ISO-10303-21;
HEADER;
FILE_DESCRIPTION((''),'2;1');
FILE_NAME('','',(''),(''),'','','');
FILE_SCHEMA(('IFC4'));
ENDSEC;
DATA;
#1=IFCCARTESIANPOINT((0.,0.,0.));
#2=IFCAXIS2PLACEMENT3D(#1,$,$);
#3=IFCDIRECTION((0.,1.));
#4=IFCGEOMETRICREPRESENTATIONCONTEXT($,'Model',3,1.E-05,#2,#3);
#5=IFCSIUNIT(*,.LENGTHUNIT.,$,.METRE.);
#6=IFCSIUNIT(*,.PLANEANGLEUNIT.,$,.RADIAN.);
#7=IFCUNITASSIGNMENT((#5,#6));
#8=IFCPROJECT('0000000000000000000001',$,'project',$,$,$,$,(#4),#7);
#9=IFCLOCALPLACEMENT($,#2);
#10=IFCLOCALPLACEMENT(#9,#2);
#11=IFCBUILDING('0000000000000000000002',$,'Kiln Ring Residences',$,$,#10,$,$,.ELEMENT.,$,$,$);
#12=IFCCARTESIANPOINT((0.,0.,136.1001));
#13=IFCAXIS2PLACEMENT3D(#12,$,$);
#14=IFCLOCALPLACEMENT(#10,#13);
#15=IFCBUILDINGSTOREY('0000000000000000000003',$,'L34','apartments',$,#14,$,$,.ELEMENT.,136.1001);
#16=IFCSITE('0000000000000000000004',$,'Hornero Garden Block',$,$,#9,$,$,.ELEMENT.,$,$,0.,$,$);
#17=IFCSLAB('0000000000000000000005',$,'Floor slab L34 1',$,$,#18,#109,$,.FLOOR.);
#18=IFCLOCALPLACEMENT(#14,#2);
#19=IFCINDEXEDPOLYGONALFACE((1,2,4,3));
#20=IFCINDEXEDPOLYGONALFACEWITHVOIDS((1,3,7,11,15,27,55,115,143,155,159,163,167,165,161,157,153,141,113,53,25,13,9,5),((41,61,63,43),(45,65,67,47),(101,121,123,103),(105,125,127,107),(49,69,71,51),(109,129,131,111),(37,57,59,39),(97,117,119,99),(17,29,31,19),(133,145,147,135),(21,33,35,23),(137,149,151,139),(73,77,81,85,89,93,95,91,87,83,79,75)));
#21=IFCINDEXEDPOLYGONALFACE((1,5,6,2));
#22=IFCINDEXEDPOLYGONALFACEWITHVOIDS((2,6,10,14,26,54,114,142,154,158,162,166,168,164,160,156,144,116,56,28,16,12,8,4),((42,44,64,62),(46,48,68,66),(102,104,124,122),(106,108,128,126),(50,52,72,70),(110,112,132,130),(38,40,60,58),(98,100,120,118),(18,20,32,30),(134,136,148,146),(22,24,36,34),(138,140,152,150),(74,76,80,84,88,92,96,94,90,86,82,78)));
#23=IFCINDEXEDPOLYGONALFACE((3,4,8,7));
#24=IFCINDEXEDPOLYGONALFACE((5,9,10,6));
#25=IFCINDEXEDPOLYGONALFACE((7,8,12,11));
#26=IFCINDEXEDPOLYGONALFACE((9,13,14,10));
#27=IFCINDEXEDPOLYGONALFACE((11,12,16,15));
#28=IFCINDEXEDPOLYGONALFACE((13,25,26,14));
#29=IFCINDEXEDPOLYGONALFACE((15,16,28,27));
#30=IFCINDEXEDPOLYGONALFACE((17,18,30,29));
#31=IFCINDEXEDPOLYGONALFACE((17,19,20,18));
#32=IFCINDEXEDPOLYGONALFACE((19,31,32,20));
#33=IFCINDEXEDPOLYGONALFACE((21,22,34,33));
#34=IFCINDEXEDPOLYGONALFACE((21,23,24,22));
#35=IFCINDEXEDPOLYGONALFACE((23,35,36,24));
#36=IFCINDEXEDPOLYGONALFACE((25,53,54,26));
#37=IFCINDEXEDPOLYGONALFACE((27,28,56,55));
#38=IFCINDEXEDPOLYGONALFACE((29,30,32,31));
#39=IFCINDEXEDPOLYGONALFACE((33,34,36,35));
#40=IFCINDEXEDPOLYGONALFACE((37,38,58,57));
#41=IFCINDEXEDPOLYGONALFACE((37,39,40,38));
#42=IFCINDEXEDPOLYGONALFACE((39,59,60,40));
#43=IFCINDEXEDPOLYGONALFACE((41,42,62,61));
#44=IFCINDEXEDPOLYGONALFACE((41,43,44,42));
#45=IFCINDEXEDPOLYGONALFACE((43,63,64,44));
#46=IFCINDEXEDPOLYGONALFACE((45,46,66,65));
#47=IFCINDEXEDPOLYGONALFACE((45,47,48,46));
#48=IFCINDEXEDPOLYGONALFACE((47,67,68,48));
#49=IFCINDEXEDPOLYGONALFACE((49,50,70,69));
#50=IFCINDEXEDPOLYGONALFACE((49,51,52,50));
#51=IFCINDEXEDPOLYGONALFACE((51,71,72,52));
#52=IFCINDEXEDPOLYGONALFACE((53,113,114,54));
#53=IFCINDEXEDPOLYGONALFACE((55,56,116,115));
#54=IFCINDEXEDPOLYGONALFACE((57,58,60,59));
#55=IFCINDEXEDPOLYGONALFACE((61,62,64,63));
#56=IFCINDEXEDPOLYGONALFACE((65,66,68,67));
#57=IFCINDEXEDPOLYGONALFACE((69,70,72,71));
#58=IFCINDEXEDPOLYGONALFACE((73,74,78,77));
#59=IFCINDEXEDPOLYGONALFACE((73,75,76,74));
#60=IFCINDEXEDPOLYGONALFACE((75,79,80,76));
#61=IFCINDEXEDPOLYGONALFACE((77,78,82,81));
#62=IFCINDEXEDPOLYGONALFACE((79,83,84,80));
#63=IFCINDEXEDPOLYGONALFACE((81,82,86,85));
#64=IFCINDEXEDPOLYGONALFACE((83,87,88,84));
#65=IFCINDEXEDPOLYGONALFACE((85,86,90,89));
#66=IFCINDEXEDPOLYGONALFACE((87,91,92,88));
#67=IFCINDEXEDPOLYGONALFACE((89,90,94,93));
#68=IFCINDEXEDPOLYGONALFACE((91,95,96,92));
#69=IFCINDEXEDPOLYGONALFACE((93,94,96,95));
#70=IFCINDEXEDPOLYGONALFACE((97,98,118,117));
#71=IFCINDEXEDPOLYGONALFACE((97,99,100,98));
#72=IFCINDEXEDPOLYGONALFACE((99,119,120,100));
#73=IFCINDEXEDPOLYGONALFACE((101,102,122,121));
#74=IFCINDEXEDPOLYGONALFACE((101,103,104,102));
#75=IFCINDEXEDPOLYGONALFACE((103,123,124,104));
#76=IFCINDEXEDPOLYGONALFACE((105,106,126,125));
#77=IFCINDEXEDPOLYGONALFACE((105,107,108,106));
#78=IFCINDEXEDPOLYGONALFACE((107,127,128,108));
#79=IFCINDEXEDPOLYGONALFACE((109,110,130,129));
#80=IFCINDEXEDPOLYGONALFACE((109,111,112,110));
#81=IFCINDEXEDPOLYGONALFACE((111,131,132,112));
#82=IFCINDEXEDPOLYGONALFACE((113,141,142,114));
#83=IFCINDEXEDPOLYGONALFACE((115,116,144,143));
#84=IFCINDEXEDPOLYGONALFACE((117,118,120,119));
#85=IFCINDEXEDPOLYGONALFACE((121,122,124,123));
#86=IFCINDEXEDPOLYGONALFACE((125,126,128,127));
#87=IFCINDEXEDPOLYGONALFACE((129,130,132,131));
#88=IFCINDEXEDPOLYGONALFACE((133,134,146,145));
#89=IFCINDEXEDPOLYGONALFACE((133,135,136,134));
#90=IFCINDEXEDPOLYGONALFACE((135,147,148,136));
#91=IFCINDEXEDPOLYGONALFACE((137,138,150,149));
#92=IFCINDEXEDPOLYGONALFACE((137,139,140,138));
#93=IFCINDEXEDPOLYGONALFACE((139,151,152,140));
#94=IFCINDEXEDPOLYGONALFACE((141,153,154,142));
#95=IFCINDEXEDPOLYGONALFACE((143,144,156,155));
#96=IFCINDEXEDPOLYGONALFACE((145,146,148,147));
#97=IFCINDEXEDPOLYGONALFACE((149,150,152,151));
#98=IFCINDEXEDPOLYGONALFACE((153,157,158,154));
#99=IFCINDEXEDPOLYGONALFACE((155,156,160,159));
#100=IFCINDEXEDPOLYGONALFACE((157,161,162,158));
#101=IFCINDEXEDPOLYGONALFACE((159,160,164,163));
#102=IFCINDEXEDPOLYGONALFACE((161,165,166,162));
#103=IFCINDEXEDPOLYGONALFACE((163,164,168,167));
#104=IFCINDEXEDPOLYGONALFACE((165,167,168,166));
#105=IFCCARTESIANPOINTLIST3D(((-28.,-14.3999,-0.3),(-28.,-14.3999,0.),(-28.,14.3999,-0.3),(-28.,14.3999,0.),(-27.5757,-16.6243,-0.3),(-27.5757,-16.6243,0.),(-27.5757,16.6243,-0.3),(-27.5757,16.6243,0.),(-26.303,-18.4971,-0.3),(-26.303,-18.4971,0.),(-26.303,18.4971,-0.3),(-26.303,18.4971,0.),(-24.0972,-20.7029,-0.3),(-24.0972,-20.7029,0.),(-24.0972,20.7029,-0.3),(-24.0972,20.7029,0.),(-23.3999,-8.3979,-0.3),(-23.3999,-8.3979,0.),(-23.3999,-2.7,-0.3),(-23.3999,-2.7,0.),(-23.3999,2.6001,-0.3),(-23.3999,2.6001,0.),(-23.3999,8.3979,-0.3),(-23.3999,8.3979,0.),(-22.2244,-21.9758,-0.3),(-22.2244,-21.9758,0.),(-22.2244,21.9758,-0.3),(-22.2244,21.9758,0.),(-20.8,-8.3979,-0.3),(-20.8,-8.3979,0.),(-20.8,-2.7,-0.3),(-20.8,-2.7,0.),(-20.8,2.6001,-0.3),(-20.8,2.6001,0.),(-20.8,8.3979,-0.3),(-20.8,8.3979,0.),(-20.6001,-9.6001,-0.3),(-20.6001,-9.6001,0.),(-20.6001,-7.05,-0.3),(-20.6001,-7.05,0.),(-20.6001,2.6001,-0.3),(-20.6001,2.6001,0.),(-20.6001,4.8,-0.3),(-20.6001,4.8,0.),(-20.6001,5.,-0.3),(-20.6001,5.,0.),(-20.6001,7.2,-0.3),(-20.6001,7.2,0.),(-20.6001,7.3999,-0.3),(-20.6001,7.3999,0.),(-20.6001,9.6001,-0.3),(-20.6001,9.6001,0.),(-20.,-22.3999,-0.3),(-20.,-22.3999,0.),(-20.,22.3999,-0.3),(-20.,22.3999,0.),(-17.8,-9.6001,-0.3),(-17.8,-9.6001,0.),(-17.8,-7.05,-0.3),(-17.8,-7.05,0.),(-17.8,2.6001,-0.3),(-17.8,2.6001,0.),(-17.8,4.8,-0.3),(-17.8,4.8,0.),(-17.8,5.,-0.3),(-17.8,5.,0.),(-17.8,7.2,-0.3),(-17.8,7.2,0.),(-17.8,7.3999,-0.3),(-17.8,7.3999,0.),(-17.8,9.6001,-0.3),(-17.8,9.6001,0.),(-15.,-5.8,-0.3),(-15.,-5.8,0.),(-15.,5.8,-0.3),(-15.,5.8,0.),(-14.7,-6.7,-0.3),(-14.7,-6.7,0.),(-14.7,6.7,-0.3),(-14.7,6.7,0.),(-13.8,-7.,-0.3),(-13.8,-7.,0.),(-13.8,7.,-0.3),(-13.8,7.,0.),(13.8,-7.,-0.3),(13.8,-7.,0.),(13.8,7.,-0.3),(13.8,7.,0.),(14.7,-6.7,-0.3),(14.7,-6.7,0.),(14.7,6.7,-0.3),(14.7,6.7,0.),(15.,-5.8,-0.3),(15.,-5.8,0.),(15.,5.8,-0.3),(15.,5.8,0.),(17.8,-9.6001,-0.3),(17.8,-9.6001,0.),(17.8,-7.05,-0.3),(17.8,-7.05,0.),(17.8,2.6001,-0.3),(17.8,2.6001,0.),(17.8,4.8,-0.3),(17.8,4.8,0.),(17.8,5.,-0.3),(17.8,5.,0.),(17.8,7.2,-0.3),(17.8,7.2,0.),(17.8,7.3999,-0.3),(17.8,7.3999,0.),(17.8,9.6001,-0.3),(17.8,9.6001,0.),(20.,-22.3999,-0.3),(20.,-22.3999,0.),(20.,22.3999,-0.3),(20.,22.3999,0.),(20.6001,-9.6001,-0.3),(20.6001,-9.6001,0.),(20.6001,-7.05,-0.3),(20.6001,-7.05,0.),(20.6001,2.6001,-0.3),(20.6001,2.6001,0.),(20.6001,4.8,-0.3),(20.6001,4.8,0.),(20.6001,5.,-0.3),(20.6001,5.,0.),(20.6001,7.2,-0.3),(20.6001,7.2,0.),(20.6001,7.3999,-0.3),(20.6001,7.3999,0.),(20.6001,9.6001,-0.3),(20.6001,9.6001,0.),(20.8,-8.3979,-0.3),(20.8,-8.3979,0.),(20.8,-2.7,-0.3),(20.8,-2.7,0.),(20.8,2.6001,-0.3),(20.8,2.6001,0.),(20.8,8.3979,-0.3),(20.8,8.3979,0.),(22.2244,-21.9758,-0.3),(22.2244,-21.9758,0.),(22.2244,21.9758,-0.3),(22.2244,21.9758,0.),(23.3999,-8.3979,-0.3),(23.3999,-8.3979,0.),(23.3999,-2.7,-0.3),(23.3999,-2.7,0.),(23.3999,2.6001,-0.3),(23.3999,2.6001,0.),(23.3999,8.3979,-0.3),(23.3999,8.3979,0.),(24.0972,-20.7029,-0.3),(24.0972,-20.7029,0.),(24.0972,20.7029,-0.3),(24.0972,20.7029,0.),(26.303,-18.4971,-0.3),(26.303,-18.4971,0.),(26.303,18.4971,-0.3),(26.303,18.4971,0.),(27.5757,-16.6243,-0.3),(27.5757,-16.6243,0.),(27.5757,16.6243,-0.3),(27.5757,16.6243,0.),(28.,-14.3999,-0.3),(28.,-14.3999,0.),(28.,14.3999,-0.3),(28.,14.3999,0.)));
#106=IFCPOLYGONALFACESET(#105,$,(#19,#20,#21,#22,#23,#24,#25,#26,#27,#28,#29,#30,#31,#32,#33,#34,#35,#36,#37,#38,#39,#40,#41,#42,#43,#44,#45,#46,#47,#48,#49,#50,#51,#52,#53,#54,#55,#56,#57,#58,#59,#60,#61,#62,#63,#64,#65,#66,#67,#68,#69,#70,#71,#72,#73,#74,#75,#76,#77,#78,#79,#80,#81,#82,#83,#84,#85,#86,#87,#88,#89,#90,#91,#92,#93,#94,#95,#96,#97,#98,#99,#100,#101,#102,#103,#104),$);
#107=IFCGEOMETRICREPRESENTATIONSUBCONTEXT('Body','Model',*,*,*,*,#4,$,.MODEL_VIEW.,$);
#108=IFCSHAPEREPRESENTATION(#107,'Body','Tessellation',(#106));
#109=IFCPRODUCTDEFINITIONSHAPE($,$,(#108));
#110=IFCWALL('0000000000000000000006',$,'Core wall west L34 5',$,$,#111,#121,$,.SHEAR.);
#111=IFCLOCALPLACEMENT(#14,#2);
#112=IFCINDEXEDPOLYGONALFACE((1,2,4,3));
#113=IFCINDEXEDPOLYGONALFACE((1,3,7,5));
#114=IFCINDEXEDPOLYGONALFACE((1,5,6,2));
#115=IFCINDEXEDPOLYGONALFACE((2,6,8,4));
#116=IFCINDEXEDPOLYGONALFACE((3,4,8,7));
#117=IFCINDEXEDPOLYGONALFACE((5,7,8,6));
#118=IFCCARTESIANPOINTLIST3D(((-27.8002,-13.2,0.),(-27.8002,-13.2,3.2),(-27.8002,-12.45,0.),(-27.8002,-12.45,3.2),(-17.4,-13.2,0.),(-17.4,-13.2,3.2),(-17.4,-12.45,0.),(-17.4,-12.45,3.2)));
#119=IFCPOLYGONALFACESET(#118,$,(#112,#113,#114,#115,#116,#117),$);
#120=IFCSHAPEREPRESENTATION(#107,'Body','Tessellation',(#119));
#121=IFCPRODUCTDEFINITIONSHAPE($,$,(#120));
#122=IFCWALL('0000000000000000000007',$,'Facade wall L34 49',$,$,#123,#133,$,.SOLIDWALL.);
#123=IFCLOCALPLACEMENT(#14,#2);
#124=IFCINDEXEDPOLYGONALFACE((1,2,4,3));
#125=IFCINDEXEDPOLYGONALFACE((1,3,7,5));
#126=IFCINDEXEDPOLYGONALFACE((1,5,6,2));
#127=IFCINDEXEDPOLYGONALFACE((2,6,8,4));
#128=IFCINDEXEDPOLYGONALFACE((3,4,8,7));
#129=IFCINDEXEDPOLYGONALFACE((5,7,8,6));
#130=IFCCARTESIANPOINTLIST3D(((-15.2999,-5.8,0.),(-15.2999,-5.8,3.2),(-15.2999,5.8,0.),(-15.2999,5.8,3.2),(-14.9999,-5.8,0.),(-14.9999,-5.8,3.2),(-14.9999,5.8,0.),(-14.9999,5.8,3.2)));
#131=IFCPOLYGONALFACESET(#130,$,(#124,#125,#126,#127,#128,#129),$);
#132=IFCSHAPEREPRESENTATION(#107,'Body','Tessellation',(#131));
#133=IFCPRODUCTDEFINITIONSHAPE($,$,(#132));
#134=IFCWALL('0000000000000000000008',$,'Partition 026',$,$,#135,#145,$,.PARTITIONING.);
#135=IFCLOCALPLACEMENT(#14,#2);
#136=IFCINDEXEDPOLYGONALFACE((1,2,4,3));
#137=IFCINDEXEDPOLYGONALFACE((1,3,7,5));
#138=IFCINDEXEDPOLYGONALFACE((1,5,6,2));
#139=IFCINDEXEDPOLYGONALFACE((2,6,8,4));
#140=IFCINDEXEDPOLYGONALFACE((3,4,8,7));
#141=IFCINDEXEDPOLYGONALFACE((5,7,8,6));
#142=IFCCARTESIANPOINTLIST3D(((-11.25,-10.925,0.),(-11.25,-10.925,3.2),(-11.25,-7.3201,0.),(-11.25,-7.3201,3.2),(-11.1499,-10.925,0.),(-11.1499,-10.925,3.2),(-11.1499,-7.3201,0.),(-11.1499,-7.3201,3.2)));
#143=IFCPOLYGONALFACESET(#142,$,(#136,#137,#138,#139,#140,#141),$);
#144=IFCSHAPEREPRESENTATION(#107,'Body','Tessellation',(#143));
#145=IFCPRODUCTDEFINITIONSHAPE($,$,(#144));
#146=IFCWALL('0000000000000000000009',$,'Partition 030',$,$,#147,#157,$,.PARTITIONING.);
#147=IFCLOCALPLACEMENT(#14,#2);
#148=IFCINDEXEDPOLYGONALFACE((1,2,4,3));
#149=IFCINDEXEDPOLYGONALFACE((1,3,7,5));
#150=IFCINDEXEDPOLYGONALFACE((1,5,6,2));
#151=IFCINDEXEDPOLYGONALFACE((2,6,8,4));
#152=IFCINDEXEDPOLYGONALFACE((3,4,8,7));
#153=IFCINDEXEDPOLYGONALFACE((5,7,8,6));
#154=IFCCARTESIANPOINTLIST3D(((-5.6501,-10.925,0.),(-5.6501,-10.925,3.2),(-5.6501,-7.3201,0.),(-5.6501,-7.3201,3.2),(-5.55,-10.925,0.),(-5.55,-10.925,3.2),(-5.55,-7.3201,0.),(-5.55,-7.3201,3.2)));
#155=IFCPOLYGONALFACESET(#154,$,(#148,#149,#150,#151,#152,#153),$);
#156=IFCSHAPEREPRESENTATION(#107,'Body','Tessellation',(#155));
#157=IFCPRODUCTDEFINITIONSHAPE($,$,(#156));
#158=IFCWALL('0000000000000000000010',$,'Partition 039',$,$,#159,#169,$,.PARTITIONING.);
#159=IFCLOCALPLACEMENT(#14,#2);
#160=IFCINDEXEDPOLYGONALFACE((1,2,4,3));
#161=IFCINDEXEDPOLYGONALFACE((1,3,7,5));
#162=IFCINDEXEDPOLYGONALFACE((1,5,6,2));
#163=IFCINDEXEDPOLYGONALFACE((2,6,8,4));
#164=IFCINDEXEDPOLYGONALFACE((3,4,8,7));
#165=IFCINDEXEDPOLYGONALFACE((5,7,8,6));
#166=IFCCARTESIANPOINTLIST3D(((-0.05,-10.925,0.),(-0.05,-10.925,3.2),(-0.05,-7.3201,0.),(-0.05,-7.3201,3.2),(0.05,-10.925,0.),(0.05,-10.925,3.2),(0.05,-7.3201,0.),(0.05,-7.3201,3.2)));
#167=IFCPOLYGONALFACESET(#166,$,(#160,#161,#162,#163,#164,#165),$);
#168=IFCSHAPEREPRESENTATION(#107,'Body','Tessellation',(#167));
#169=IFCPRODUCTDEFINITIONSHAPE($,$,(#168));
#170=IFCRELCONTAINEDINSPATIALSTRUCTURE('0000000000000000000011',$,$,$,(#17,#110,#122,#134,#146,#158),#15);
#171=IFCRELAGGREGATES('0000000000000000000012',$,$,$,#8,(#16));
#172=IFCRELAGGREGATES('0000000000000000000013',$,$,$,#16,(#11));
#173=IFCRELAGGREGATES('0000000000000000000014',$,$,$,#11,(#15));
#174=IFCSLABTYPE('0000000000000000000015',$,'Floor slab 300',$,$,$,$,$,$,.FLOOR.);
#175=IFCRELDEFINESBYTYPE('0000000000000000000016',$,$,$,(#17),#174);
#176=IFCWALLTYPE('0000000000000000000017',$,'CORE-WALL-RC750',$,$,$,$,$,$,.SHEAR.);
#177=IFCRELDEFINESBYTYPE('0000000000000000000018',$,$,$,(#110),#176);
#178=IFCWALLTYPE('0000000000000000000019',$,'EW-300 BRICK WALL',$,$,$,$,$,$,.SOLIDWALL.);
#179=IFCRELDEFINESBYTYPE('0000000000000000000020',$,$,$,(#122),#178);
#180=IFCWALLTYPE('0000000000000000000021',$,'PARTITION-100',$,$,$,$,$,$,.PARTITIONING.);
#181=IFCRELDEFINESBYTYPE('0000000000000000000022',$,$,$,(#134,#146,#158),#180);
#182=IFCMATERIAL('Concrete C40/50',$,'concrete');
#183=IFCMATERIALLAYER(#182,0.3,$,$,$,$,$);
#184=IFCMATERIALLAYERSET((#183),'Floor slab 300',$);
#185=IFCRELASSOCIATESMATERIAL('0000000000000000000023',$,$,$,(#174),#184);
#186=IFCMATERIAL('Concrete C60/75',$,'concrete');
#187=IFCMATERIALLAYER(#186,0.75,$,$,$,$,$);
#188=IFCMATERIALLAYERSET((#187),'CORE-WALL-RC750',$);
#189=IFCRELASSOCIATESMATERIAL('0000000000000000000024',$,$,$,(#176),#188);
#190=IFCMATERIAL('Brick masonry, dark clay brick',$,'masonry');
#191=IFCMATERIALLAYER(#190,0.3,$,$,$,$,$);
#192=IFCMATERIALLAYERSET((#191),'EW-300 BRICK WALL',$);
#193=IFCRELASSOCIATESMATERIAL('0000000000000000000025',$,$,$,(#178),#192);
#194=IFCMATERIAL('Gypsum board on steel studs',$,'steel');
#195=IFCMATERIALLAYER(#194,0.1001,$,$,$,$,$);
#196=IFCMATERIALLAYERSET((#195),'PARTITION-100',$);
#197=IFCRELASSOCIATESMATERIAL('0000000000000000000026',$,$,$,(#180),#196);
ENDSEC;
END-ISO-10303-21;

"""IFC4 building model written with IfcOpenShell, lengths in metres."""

from ifc_helpers import new_model, si_unit, direction, frame, frame_2d, origin, place, context, subcontext, project, spatial, polyline, rectangle, outline, extrude, material, layer, layer_set, type_object, element, save


model = new_model("IFC4")

# Units and contexts
model_context = context("Model", 3, precision=1e-05, world=origin(), true_north=direction((0.0, 1.0)))
body_context = subcontext(model_context, "Body", "Model", "MODEL_VIEW")
ifc_project = project(units=[si_unit("LENGTHUNIT", "METRE"), si_unit("PLANEANGLEUNIT", "RADIAN")], contexts=[model_context])

# Site, building, storey
site_placement = place(None, origin())
site = spatial("IfcSite", under=ifc_project, at=site_placement, Name="Hornero Garden Block", CompositionType="ELEMENT", RefElevation=0.0)
building_placement = place(site_placement, origin())
building = spatial("IfcBuilding", under=site, at=building_placement, Name="Kiln Ring Residences", CompositionType="ELEMENT")
storey_placement = place(building_placement, frame((0.0, 0.0, 136.1001)))
storey = spatial("IfcBuildingStorey", under=building, at=storey_placement, Name="L34", Description="apartments", CompositionType="ELEMENT", Elevation=136.1001)

# Slab
ifc_material_1 = material(Name="Concrete C40/50", Category="concrete")
ifc_layer_1 = layer(ifc_material_1, 0.3)
ifc_layer_set_1 = layer_set([ifc_layer_1], Name="Floor slab 300")
slab_type = type_object("IfcSlabType", Name="Floor slab 300", PredefinedType="FLOOR", material=ifc_layer_set_1)
slab_placement = place(storey_placement, frame((0.0, 0.0, -0.3)))
element("IfcSlab", 1, at=slab_placement, inside=storey, type_object=slab_type, Name="Floor slab L34 1", PredefinedType="FLOOR", context=body_context, shape_type="SweptSolid", body=[
    extrude(outline(polyline([(-26.303, -18.4971), (-24.0972, -20.7029), (-22.2244, -21.9758), (-20.0, -22.3999), (20.0, -22.3999), (22.2244, -21.9758), (24.0972, -20.7029), (26.303, -18.4971), (27.5757, -16.6243), (28.0, -14.3999), (28.0, 14.3999), (27.5757, 16.6243), (26.303, 18.4971), (24.0972, 20.7029), (22.2244, 21.9758), (20.0, 22.3999), (-20.0, 22.3999), (-22.2244, 21.9758), (-24.0972, 20.7029), (-26.303, 18.4971), (-27.5757, 16.6243), (-28.0, 14.3999), (-28.0, -14.3999), (-27.5757, -16.6243), (-26.303, -18.4971)]), holes=[polyline([(-14.7, -6.7), (-15.0, -5.8), (-15.0, 5.8), (-14.7, 6.7), (-13.8, 7.0), (13.8, 7.0), (14.7, 6.7), (15.0, 5.8), (15.0, -5.8), (14.7, -6.7), (13.8, -7.0), (-13.8, -7.0), (-14.7, -6.7)]), polyline([(20.8, -8.3979), (20.8, -2.7), (23.3999, -2.7), (23.3999, -8.3979), (20.8, -8.3979)]), polyline([(23.3999, 2.6001), (20.8, 2.6001), (20.8, 8.3979), (23.3999, 8.3979), (23.3999, 2.6001)]), polyline([(17.8, 2.6001), (17.8, 4.8), (20.6001, 4.8), (20.6001, 2.6001), (17.8, 2.6001)]), polyline([(17.8, 5.0), (17.8, 7.2), (20.6001, 7.2), (20.6001, 5.0), (17.8, 5.0)]), polyline([(17.8, 7.3999), (17.8, 9.6001), (20.6001, 9.6001), (20.6001, 7.3999), (17.8, 7.3999)]), polyline([(20.6001, -9.6001), (17.8, -9.6001), (17.8, -7.05), (20.6001, -7.05), (20.6001, -9.6001)]), polyline([(-17.8, -7.05), (-17.8, -9.6001), (-20.6001, -9.6001), (-20.6001, -7.05), (-17.8, -7.05)]), polyline([(-17.8, 2.6001), (-20.6001, 2.6001), (-20.6001, 4.8), (-17.8, 4.8), (-17.8, 2.6001)]), polyline([(-17.8, 5.0), (-20.6001, 5.0), (-20.6001, 7.2), (-17.8, 7.2), (-17.8, 5.0)]), polyline([(-17.8, 7.3999), (-20.6001, 7.3999), (-20.6001, 9.6001), (-17.8, 9.6001), (-17.8, 7.3999)]), polyline([(-20.8, -8.3979), (-23.3999, -8.3979), (-23.3999, -2.7), (-20.8, -2.7), (-20.8, -8.3979)]), polyline([(-20.8, 8.3979), (-20.8, 2.6001), (-23.3999, 2.6001), (-23.3999, 8.3979), (-20.8, 8.3979)])]), origin(), (0.0, 0.0, 1.0), 0.3),
])

# Walls
ifc_material_2 = material(Name="Concrete C60/75", Category="concrete")
ifc_layer_2 = layer(ifc_material_2, 0.75)
ifc_layer_set_2 = layer_set([ifc_layer_2], Name="CORE-WALL-RC750")
wall_type_1 = type_object("IfcWallType", Name="CORE-WALL-RC750", PredefinedType="SHEAR", material=ifc_layer_set_2)
wall_1_placement = place(storey_placement, frame((-17.3999, -12.825, 0.0), z_axis=(0.0, 0.0, 1.0), x_axis=(-1.0, 0.0, 0.0)))
element("IfcWall", 2, at=wall_1_placement, inside=storey, type_object=wall_type_1, Name="Core wall west L34 5", PredefinedType="SHEAR", context=body_context, shape_type="SweptSolid", body=[
    extrude(rectangle(XDim=10.4001, YDim=0.75, at=frame_2d((5.2002, 0.0))), origin(), (0.0, 0.0, 1.0), 3.2),
])
ifc_material_3 = material(Name="Brick masonry, dark clay brick", Category="masonry")
ifc_layer_3 = layer(ifc_material_3, 0.3)
ifc_layer_set_3 = layer_set([ifc_layer_3], Name="EW-300 BRICK WALL")
wall_type_2 = type_object("IfcWallType", Name="EW-300 BRICK WALL", PredefinedType="SOLIDWALL", material=ifc_layer_set_3)
wall_2_placement = place(storey_placement, frame((-15.1499, -5.8, 0.0), z_axis=(0.0, 0.0, 1.0), x_axis=(0.0, 1.0, 0.0)))
element("IfcWall", 3, at=wall_2_placement, inside=storey, type_object=wall_type_2, Name="Facade wall L34 49", PredefinedType="SOLIDWALL", context=body_context, shape_type="SweptSolid", body=[
    extrude(rectangle(XDim=11.6001, YDim=0.3, at=frame_2d((5.8, 0.0))), origin(), (0.0, 0.0, 1.0), 3.2),
])
ifc_material_4 = material(Name="Gypsum board on steel studs", Category="steel")
ifc_layer_4 = layer(ifc_material_4, 0.1001)
ifc_layer_set_4 = layer_set([ifc_layer_4], Name="PARTITION-100")
wall_type_3 = type_object("IfcWallType", Name="PARTITION-100", PredefinedType="PARTITIONING", material=ifc_layer_set_4)
for number, where, z_axis, x_axis, name in (
    (4, (-11.2, -10.925, 0.0), (0.0, 0.0, 1.0), (0.0, 1.0, 0.0), "Partition 026"),
    (5, (-5.6001, -10.925, 0.0), (0.0, 0.0, 1.0), (0.0, 1.0, 0.0), "Partition 030"),
    (6, (0.0, -10.925, 0.0), (0.0, 0.0, 1.0), (0.0, 1.0, 0.0), "Partition 039"),
):
    element("IfcWall", number, at=place(storey_placement, frame(where, z_axis=z_axis, x_axis=x_axis)), inside=storey, type_object=wall_type_3, Name=name, PredefinedType="PARTITIONING", context=body_context, shape_type="SweptSolid", body=[
        extrude(rectangle(XDim=3.605, YDim=0.1001, at=frame_2d((1.8025, 0.0))), origin(), (0.0, 0.0, 1.0), 3.2),
    ])

save(model, "model.ifc")
